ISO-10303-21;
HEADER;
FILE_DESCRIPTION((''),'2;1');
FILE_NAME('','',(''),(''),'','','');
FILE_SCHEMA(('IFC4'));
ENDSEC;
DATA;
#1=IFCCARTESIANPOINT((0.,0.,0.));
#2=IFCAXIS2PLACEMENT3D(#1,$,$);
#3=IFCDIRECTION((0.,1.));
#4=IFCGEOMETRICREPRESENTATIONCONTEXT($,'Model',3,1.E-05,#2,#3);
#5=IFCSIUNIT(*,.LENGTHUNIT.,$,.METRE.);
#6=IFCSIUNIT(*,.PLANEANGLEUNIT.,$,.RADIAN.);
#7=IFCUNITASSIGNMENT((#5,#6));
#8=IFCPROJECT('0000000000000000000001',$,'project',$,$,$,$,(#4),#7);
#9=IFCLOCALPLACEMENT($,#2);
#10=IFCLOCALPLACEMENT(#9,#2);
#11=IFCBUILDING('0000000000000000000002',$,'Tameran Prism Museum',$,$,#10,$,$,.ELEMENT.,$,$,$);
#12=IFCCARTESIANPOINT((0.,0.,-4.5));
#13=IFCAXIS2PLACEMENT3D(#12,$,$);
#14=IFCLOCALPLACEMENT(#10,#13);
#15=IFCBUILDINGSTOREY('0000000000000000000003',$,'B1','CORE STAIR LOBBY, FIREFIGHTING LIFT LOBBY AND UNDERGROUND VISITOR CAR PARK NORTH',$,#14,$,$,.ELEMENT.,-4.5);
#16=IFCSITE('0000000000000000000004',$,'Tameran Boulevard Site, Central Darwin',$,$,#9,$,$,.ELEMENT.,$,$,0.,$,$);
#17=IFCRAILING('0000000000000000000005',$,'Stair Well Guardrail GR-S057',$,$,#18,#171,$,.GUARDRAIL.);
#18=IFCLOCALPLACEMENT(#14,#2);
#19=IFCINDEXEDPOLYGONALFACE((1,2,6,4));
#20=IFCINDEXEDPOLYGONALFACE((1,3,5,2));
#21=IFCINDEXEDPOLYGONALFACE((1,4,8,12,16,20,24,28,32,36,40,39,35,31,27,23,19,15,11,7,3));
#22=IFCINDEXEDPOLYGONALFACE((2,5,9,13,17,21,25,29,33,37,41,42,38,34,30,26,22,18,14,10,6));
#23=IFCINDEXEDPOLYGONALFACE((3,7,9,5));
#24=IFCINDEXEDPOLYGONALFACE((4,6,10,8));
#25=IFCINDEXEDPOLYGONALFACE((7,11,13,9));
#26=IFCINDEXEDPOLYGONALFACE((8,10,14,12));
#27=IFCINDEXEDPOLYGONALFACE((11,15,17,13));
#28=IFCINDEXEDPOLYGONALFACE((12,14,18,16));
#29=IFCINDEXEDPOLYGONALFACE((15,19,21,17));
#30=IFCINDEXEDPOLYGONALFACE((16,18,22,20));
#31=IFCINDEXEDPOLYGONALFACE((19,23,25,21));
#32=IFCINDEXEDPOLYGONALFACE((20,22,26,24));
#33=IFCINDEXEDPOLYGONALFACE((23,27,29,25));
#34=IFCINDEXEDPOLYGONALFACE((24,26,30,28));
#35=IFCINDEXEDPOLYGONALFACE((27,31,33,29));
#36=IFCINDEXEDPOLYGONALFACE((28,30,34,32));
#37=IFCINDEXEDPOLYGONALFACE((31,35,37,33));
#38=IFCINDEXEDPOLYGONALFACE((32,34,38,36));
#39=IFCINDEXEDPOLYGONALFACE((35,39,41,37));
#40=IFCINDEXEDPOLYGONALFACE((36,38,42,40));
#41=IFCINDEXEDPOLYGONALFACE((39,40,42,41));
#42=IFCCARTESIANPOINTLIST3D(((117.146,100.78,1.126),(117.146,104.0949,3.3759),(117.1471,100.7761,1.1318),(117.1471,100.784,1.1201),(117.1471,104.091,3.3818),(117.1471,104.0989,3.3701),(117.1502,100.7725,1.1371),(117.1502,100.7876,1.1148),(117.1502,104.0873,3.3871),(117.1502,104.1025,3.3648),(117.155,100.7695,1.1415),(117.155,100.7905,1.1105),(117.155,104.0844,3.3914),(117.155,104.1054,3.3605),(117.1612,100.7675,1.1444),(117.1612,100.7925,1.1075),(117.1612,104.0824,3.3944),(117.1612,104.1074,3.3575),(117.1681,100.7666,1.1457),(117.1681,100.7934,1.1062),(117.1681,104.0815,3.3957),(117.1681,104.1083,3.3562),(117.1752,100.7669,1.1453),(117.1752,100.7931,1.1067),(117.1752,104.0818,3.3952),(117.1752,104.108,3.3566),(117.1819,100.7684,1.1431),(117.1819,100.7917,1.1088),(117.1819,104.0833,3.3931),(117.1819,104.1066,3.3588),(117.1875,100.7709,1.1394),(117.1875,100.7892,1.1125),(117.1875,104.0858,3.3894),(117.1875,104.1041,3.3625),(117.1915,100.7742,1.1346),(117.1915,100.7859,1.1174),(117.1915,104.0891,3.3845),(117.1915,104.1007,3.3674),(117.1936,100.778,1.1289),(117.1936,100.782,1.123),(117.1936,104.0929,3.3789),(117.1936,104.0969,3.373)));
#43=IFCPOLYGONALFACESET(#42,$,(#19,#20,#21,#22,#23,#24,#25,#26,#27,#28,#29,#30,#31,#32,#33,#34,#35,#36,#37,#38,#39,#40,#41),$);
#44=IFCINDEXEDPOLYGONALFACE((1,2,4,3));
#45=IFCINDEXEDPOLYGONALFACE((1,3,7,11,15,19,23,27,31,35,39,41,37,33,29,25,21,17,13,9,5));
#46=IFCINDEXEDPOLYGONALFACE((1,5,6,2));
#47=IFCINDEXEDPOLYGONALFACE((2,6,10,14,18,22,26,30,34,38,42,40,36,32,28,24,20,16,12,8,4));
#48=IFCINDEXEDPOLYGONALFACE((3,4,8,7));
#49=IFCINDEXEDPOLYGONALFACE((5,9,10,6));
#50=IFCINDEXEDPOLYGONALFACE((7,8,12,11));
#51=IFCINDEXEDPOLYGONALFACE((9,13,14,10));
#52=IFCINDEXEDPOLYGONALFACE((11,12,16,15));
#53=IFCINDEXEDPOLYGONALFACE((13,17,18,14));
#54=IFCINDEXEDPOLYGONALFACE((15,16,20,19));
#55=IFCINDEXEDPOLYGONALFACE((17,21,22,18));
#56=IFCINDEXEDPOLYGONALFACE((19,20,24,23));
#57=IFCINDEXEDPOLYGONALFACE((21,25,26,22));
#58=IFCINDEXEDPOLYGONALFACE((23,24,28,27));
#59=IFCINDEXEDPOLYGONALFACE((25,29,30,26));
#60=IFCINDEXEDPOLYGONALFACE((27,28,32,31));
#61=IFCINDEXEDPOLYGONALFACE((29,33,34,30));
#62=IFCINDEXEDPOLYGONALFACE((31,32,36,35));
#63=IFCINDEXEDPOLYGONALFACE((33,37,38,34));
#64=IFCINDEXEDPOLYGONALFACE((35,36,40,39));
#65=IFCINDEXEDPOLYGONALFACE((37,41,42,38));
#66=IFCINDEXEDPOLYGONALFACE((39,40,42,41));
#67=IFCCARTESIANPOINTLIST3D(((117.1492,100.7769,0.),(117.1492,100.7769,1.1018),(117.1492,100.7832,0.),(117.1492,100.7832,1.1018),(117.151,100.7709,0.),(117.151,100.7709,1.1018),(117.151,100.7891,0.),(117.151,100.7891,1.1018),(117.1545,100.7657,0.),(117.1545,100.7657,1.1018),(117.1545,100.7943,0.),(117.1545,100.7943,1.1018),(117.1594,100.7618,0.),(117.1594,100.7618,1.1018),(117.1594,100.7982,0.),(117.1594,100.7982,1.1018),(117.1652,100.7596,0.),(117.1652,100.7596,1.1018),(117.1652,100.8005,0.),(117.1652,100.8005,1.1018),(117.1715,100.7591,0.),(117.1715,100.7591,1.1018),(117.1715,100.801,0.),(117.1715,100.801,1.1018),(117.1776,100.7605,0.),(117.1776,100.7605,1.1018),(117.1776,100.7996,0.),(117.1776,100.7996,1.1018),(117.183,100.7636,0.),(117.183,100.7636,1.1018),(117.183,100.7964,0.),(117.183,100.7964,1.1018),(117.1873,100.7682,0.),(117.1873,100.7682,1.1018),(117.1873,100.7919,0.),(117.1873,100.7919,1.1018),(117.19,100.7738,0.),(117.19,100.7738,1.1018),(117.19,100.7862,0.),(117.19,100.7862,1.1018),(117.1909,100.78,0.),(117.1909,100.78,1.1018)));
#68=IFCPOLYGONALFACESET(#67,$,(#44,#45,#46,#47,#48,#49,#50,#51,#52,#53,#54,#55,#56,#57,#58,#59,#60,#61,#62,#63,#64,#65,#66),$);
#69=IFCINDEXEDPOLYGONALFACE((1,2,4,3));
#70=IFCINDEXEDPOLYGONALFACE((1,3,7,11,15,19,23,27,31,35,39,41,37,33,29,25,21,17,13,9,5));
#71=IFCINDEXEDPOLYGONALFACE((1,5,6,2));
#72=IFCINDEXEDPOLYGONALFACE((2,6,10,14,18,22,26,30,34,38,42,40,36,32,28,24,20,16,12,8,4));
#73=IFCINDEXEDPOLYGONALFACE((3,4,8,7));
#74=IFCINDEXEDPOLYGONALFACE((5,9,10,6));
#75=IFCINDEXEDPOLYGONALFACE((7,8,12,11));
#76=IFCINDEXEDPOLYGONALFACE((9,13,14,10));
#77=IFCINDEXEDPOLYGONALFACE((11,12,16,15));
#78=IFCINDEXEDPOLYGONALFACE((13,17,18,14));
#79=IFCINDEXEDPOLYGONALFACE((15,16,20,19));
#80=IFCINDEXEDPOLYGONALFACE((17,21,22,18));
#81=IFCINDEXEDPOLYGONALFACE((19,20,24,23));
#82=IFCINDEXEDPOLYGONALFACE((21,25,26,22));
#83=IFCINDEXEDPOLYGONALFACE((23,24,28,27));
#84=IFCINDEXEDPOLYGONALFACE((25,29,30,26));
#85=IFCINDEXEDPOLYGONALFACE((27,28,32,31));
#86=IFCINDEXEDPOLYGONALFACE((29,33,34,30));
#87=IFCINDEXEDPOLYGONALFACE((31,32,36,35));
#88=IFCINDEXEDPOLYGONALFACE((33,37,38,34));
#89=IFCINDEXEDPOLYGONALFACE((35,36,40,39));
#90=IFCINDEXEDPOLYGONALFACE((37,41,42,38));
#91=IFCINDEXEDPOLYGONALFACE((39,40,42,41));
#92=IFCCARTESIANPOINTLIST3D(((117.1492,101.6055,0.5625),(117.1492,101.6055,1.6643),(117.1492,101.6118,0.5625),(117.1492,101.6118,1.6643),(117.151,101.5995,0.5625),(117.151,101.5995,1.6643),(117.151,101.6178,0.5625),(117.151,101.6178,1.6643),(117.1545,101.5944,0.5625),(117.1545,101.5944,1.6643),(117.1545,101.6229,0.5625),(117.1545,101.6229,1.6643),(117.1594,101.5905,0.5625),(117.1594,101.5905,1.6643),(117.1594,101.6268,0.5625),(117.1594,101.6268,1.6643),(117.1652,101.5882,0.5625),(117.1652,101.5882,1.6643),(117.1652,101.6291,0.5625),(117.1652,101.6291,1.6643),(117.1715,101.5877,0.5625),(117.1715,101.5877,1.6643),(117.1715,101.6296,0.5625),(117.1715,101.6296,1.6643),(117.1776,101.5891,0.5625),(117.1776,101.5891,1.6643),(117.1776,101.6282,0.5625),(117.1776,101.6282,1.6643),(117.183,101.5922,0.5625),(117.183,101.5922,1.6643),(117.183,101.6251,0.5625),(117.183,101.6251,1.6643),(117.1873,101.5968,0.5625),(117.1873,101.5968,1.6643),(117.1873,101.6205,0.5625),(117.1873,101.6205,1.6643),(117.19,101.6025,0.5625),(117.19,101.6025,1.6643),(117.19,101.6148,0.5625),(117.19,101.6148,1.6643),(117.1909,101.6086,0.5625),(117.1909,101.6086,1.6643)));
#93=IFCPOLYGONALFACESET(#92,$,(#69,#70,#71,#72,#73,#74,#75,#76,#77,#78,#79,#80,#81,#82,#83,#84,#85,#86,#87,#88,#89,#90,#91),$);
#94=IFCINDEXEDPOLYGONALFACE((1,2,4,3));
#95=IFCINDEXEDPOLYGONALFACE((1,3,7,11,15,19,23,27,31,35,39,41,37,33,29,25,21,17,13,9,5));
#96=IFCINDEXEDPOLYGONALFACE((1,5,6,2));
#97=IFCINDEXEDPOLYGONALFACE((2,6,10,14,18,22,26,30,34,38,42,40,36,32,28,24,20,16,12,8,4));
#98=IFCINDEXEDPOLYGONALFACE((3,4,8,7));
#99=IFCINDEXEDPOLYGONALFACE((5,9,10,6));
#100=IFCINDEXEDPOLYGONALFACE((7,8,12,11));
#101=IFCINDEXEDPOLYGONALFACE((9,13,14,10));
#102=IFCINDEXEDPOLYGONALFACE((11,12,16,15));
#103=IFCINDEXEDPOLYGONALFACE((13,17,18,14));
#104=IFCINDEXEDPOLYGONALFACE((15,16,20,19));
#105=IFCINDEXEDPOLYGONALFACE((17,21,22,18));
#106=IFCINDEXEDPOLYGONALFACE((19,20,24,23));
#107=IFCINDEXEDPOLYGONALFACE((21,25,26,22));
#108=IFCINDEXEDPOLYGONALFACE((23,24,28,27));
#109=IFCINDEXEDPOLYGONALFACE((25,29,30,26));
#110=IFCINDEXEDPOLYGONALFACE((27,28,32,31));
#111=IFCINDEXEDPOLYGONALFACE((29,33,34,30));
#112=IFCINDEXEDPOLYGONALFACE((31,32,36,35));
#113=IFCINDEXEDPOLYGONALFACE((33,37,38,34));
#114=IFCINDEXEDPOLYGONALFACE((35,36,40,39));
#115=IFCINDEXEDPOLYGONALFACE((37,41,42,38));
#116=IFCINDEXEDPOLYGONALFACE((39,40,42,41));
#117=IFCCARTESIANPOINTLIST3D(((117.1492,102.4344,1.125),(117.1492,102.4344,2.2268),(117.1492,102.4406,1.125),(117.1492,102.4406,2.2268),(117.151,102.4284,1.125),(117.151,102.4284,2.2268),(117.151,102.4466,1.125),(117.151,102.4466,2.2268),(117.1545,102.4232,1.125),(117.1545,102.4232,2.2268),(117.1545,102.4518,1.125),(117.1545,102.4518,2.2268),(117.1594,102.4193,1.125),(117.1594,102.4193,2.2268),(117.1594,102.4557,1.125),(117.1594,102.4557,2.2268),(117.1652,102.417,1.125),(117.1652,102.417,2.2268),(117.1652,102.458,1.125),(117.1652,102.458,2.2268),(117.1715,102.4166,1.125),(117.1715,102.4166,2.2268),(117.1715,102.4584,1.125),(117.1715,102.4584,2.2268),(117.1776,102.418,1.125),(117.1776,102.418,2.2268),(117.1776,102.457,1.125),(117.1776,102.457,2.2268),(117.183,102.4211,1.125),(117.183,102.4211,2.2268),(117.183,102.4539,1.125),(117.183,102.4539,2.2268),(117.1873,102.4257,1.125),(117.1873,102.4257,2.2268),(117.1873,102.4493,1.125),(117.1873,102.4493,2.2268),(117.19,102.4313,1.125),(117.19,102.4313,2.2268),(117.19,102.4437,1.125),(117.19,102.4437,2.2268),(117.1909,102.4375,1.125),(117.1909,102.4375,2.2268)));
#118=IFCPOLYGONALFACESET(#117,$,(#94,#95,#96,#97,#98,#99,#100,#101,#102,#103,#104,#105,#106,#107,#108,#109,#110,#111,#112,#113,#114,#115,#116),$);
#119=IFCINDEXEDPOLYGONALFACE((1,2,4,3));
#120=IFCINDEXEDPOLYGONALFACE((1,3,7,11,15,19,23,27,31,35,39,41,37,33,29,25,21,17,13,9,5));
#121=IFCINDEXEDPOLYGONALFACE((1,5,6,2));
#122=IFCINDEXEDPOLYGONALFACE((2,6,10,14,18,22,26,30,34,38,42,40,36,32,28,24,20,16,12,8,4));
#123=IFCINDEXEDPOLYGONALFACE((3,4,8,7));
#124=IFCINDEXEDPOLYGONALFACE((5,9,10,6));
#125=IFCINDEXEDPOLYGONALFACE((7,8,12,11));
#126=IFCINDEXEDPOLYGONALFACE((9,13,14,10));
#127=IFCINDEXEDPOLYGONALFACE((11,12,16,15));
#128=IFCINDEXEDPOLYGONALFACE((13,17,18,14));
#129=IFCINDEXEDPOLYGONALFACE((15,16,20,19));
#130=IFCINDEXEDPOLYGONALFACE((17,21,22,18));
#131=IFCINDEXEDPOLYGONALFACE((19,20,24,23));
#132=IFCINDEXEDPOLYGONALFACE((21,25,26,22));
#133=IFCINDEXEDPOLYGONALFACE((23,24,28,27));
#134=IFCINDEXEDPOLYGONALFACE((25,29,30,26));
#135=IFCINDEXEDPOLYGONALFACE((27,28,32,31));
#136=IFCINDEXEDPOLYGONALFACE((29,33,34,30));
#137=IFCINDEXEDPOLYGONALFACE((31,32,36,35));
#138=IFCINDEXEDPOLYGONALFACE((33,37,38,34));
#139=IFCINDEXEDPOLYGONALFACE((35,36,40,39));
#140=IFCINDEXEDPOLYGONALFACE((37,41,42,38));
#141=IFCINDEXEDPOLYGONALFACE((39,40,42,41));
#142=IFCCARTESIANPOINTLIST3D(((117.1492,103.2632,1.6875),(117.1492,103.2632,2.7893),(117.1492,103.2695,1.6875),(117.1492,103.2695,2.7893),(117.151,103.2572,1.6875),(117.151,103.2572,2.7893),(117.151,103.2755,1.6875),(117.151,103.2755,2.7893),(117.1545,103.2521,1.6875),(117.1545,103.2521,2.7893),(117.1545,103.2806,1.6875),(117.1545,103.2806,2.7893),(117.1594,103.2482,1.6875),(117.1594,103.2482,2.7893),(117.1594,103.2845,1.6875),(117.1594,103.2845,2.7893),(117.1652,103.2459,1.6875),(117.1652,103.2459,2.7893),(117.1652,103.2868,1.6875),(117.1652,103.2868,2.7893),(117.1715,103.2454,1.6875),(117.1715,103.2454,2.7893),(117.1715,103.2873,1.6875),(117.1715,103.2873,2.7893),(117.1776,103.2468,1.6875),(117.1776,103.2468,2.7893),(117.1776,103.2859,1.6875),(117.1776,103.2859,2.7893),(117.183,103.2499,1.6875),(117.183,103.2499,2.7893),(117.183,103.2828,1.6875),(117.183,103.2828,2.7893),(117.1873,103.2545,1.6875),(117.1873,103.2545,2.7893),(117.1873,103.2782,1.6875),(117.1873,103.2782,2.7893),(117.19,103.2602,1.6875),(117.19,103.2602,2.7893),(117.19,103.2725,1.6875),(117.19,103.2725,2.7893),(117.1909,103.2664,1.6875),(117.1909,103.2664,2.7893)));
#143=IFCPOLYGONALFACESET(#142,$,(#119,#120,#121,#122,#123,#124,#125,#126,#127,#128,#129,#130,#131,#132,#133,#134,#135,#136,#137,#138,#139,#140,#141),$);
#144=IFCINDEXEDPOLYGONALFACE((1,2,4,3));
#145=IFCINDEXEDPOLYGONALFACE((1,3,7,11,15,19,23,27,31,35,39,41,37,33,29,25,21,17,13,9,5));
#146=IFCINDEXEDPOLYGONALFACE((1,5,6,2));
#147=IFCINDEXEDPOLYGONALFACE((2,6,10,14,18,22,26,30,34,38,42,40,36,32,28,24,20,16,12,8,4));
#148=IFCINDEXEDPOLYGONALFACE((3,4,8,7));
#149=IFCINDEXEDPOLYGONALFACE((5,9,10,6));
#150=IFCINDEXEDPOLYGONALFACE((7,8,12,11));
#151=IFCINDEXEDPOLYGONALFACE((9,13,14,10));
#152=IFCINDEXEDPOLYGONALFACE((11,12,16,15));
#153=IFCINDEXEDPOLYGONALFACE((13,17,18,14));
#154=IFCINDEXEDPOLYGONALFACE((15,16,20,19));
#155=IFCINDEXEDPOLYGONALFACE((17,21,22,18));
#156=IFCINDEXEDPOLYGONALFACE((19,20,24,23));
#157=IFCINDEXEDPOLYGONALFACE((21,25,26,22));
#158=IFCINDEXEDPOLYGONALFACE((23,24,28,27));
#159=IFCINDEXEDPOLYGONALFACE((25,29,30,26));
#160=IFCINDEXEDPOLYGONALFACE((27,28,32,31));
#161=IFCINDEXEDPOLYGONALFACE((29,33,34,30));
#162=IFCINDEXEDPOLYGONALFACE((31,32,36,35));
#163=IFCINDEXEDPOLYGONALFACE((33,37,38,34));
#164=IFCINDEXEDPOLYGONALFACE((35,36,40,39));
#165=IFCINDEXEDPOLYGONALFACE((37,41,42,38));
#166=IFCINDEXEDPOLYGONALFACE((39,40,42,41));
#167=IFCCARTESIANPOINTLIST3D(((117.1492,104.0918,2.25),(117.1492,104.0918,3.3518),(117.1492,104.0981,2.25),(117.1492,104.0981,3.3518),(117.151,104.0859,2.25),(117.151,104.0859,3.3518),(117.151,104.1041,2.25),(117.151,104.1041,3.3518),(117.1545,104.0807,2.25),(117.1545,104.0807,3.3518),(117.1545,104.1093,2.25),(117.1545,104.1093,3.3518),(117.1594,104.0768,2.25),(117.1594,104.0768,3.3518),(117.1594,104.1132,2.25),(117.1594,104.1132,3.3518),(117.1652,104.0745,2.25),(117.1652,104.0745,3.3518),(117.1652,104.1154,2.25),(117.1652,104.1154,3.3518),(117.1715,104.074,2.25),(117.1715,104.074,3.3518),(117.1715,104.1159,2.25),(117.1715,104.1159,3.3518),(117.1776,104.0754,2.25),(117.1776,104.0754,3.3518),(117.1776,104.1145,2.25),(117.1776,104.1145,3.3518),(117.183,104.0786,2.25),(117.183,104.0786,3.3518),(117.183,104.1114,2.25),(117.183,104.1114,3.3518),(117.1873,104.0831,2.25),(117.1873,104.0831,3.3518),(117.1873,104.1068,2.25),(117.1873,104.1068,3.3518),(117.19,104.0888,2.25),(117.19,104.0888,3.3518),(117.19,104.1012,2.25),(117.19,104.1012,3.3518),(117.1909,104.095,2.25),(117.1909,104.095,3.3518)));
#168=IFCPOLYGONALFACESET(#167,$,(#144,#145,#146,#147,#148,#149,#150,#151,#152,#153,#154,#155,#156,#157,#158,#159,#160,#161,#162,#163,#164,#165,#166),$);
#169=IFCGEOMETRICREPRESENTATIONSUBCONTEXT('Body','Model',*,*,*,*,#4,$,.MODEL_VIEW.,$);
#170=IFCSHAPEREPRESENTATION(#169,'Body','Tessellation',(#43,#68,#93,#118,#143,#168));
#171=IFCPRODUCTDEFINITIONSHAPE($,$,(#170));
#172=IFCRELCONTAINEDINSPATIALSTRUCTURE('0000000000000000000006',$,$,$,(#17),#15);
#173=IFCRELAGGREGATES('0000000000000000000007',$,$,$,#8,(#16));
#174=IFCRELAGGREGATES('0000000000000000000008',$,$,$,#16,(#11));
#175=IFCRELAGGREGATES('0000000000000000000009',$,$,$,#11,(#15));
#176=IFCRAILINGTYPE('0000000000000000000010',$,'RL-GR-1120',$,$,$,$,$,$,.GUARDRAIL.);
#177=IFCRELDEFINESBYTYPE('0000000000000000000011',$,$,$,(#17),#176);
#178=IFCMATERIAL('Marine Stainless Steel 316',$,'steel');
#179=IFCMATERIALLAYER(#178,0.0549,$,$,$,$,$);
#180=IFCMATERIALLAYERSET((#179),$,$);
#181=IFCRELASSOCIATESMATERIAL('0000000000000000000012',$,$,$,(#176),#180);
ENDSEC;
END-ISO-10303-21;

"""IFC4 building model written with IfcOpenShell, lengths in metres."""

from ifc_helpers import new_model, si_unit, direction, frame, origin, origin_2d, place, context, subcontext, project, spatial, circle, extrude, material, layer, layer_set, type_object, element, save


model = new_model("IFC4")

# Units and contexts
model_context = context("Model", 3, precision=1e-05, world=origin(), true_north=direction((0.0, 1.0)))
body_context = subcontext(model_context, "Body", "Model", "MODEL_VIEW")
ifc_project = project(units=[si_unit("LENGTHUNIT", "METRE"), si_unit("PLANEANGLEUNIT", "RADIAN")], contexts=[model_context])

# Site, building, storey
site_placement = place(None, origin())
site = spatial("IfcSite", under=ifc_project, at=site_placement, Name="Tameran Boulevard Site, Central Darwin", CompositionType="ELEMENT", RefElevation=0.0)
building_placement = place(site_placement, origin())
building = spatial("IfcBuilding", under=site, at=building_placement, Name="Tameran Prism Museum", CompositionType="ELEMENT")
storey_placement = place(building_placement, frame((0.0, 0.0, -4.5)))
storey = spatial("IfcBuildingStorey", under=building, at=storey_placement, Name="B1", Description="CORE STAIR LOBBY, FIREFIGHTING LIFT LOBBY AND UNDERGROUND VISITOR CAR PARK NORTH", CompositionType="ELEMENT", Elevation=-4.5)

# Railing
ifc_material_1 = material(Name="Marine Stainless Steel 316", Category="steel")
ifc_layer_1 = layer(ifc_material_1, 0.0549)
ifc_layer_set_1 = layer_set([ifc_layer_1])
railing_type_1 = type_object("IfcRailingType", Name="RL-GR-1120", PredefinedType="GUARDRAIL", material=ifc_layer_set_1)
railing_1_placement = place(storey_placement, frame((117.1699, 100.78, 0.0)))
element("IfcRailing", 1, at=railing_1_placement, inside=storey, type_object=railing_type_1, Name="Stair Well Guardrail GR-S057", PredefinedType="GUARDRAIL", context=body_context, shape_type="SweptSolid", body=[
    extrude(circle(Radius=0.0239, at=origin_2d()), frame((0.0, 0.0, 1.126), z_axis=(0.0, 0.827409, 0.5616), x_axis=(-1.0, 0.0, 0.0)), (0.0, 0.0, 1.0), 4.0063),
    extrude(circle(Radius=0.021, at=origin_2d()), origin(), (0.0, 0.0, 1.0), 1.1018),
    extrude(circle(Radius=0.021, at=origin_2d()), frame((0.0, 0.8286, 0.5625)), (0.0, 0.0, 1.0), 1.1018),
    extrude(circle(Radius=0.021, at=origin_2d()), frame((0.0, 1.6575, 1.125)), (0.0, 0.0, 1.0), 1.1018),
    extrude(circle(Radius=0.021, at=origin_2d()), frame((0.0, 2.4863, 1.6875)), (0.0, 0.0, 1.0), 1.1018),
    extrude(circle(Radius=0.021, at=origin_2d()), frame((0.0, 3.3149, 2.25)), (0.0, 0.0, 1.0), 1.1018),
])

save(model, "model.ifc")
